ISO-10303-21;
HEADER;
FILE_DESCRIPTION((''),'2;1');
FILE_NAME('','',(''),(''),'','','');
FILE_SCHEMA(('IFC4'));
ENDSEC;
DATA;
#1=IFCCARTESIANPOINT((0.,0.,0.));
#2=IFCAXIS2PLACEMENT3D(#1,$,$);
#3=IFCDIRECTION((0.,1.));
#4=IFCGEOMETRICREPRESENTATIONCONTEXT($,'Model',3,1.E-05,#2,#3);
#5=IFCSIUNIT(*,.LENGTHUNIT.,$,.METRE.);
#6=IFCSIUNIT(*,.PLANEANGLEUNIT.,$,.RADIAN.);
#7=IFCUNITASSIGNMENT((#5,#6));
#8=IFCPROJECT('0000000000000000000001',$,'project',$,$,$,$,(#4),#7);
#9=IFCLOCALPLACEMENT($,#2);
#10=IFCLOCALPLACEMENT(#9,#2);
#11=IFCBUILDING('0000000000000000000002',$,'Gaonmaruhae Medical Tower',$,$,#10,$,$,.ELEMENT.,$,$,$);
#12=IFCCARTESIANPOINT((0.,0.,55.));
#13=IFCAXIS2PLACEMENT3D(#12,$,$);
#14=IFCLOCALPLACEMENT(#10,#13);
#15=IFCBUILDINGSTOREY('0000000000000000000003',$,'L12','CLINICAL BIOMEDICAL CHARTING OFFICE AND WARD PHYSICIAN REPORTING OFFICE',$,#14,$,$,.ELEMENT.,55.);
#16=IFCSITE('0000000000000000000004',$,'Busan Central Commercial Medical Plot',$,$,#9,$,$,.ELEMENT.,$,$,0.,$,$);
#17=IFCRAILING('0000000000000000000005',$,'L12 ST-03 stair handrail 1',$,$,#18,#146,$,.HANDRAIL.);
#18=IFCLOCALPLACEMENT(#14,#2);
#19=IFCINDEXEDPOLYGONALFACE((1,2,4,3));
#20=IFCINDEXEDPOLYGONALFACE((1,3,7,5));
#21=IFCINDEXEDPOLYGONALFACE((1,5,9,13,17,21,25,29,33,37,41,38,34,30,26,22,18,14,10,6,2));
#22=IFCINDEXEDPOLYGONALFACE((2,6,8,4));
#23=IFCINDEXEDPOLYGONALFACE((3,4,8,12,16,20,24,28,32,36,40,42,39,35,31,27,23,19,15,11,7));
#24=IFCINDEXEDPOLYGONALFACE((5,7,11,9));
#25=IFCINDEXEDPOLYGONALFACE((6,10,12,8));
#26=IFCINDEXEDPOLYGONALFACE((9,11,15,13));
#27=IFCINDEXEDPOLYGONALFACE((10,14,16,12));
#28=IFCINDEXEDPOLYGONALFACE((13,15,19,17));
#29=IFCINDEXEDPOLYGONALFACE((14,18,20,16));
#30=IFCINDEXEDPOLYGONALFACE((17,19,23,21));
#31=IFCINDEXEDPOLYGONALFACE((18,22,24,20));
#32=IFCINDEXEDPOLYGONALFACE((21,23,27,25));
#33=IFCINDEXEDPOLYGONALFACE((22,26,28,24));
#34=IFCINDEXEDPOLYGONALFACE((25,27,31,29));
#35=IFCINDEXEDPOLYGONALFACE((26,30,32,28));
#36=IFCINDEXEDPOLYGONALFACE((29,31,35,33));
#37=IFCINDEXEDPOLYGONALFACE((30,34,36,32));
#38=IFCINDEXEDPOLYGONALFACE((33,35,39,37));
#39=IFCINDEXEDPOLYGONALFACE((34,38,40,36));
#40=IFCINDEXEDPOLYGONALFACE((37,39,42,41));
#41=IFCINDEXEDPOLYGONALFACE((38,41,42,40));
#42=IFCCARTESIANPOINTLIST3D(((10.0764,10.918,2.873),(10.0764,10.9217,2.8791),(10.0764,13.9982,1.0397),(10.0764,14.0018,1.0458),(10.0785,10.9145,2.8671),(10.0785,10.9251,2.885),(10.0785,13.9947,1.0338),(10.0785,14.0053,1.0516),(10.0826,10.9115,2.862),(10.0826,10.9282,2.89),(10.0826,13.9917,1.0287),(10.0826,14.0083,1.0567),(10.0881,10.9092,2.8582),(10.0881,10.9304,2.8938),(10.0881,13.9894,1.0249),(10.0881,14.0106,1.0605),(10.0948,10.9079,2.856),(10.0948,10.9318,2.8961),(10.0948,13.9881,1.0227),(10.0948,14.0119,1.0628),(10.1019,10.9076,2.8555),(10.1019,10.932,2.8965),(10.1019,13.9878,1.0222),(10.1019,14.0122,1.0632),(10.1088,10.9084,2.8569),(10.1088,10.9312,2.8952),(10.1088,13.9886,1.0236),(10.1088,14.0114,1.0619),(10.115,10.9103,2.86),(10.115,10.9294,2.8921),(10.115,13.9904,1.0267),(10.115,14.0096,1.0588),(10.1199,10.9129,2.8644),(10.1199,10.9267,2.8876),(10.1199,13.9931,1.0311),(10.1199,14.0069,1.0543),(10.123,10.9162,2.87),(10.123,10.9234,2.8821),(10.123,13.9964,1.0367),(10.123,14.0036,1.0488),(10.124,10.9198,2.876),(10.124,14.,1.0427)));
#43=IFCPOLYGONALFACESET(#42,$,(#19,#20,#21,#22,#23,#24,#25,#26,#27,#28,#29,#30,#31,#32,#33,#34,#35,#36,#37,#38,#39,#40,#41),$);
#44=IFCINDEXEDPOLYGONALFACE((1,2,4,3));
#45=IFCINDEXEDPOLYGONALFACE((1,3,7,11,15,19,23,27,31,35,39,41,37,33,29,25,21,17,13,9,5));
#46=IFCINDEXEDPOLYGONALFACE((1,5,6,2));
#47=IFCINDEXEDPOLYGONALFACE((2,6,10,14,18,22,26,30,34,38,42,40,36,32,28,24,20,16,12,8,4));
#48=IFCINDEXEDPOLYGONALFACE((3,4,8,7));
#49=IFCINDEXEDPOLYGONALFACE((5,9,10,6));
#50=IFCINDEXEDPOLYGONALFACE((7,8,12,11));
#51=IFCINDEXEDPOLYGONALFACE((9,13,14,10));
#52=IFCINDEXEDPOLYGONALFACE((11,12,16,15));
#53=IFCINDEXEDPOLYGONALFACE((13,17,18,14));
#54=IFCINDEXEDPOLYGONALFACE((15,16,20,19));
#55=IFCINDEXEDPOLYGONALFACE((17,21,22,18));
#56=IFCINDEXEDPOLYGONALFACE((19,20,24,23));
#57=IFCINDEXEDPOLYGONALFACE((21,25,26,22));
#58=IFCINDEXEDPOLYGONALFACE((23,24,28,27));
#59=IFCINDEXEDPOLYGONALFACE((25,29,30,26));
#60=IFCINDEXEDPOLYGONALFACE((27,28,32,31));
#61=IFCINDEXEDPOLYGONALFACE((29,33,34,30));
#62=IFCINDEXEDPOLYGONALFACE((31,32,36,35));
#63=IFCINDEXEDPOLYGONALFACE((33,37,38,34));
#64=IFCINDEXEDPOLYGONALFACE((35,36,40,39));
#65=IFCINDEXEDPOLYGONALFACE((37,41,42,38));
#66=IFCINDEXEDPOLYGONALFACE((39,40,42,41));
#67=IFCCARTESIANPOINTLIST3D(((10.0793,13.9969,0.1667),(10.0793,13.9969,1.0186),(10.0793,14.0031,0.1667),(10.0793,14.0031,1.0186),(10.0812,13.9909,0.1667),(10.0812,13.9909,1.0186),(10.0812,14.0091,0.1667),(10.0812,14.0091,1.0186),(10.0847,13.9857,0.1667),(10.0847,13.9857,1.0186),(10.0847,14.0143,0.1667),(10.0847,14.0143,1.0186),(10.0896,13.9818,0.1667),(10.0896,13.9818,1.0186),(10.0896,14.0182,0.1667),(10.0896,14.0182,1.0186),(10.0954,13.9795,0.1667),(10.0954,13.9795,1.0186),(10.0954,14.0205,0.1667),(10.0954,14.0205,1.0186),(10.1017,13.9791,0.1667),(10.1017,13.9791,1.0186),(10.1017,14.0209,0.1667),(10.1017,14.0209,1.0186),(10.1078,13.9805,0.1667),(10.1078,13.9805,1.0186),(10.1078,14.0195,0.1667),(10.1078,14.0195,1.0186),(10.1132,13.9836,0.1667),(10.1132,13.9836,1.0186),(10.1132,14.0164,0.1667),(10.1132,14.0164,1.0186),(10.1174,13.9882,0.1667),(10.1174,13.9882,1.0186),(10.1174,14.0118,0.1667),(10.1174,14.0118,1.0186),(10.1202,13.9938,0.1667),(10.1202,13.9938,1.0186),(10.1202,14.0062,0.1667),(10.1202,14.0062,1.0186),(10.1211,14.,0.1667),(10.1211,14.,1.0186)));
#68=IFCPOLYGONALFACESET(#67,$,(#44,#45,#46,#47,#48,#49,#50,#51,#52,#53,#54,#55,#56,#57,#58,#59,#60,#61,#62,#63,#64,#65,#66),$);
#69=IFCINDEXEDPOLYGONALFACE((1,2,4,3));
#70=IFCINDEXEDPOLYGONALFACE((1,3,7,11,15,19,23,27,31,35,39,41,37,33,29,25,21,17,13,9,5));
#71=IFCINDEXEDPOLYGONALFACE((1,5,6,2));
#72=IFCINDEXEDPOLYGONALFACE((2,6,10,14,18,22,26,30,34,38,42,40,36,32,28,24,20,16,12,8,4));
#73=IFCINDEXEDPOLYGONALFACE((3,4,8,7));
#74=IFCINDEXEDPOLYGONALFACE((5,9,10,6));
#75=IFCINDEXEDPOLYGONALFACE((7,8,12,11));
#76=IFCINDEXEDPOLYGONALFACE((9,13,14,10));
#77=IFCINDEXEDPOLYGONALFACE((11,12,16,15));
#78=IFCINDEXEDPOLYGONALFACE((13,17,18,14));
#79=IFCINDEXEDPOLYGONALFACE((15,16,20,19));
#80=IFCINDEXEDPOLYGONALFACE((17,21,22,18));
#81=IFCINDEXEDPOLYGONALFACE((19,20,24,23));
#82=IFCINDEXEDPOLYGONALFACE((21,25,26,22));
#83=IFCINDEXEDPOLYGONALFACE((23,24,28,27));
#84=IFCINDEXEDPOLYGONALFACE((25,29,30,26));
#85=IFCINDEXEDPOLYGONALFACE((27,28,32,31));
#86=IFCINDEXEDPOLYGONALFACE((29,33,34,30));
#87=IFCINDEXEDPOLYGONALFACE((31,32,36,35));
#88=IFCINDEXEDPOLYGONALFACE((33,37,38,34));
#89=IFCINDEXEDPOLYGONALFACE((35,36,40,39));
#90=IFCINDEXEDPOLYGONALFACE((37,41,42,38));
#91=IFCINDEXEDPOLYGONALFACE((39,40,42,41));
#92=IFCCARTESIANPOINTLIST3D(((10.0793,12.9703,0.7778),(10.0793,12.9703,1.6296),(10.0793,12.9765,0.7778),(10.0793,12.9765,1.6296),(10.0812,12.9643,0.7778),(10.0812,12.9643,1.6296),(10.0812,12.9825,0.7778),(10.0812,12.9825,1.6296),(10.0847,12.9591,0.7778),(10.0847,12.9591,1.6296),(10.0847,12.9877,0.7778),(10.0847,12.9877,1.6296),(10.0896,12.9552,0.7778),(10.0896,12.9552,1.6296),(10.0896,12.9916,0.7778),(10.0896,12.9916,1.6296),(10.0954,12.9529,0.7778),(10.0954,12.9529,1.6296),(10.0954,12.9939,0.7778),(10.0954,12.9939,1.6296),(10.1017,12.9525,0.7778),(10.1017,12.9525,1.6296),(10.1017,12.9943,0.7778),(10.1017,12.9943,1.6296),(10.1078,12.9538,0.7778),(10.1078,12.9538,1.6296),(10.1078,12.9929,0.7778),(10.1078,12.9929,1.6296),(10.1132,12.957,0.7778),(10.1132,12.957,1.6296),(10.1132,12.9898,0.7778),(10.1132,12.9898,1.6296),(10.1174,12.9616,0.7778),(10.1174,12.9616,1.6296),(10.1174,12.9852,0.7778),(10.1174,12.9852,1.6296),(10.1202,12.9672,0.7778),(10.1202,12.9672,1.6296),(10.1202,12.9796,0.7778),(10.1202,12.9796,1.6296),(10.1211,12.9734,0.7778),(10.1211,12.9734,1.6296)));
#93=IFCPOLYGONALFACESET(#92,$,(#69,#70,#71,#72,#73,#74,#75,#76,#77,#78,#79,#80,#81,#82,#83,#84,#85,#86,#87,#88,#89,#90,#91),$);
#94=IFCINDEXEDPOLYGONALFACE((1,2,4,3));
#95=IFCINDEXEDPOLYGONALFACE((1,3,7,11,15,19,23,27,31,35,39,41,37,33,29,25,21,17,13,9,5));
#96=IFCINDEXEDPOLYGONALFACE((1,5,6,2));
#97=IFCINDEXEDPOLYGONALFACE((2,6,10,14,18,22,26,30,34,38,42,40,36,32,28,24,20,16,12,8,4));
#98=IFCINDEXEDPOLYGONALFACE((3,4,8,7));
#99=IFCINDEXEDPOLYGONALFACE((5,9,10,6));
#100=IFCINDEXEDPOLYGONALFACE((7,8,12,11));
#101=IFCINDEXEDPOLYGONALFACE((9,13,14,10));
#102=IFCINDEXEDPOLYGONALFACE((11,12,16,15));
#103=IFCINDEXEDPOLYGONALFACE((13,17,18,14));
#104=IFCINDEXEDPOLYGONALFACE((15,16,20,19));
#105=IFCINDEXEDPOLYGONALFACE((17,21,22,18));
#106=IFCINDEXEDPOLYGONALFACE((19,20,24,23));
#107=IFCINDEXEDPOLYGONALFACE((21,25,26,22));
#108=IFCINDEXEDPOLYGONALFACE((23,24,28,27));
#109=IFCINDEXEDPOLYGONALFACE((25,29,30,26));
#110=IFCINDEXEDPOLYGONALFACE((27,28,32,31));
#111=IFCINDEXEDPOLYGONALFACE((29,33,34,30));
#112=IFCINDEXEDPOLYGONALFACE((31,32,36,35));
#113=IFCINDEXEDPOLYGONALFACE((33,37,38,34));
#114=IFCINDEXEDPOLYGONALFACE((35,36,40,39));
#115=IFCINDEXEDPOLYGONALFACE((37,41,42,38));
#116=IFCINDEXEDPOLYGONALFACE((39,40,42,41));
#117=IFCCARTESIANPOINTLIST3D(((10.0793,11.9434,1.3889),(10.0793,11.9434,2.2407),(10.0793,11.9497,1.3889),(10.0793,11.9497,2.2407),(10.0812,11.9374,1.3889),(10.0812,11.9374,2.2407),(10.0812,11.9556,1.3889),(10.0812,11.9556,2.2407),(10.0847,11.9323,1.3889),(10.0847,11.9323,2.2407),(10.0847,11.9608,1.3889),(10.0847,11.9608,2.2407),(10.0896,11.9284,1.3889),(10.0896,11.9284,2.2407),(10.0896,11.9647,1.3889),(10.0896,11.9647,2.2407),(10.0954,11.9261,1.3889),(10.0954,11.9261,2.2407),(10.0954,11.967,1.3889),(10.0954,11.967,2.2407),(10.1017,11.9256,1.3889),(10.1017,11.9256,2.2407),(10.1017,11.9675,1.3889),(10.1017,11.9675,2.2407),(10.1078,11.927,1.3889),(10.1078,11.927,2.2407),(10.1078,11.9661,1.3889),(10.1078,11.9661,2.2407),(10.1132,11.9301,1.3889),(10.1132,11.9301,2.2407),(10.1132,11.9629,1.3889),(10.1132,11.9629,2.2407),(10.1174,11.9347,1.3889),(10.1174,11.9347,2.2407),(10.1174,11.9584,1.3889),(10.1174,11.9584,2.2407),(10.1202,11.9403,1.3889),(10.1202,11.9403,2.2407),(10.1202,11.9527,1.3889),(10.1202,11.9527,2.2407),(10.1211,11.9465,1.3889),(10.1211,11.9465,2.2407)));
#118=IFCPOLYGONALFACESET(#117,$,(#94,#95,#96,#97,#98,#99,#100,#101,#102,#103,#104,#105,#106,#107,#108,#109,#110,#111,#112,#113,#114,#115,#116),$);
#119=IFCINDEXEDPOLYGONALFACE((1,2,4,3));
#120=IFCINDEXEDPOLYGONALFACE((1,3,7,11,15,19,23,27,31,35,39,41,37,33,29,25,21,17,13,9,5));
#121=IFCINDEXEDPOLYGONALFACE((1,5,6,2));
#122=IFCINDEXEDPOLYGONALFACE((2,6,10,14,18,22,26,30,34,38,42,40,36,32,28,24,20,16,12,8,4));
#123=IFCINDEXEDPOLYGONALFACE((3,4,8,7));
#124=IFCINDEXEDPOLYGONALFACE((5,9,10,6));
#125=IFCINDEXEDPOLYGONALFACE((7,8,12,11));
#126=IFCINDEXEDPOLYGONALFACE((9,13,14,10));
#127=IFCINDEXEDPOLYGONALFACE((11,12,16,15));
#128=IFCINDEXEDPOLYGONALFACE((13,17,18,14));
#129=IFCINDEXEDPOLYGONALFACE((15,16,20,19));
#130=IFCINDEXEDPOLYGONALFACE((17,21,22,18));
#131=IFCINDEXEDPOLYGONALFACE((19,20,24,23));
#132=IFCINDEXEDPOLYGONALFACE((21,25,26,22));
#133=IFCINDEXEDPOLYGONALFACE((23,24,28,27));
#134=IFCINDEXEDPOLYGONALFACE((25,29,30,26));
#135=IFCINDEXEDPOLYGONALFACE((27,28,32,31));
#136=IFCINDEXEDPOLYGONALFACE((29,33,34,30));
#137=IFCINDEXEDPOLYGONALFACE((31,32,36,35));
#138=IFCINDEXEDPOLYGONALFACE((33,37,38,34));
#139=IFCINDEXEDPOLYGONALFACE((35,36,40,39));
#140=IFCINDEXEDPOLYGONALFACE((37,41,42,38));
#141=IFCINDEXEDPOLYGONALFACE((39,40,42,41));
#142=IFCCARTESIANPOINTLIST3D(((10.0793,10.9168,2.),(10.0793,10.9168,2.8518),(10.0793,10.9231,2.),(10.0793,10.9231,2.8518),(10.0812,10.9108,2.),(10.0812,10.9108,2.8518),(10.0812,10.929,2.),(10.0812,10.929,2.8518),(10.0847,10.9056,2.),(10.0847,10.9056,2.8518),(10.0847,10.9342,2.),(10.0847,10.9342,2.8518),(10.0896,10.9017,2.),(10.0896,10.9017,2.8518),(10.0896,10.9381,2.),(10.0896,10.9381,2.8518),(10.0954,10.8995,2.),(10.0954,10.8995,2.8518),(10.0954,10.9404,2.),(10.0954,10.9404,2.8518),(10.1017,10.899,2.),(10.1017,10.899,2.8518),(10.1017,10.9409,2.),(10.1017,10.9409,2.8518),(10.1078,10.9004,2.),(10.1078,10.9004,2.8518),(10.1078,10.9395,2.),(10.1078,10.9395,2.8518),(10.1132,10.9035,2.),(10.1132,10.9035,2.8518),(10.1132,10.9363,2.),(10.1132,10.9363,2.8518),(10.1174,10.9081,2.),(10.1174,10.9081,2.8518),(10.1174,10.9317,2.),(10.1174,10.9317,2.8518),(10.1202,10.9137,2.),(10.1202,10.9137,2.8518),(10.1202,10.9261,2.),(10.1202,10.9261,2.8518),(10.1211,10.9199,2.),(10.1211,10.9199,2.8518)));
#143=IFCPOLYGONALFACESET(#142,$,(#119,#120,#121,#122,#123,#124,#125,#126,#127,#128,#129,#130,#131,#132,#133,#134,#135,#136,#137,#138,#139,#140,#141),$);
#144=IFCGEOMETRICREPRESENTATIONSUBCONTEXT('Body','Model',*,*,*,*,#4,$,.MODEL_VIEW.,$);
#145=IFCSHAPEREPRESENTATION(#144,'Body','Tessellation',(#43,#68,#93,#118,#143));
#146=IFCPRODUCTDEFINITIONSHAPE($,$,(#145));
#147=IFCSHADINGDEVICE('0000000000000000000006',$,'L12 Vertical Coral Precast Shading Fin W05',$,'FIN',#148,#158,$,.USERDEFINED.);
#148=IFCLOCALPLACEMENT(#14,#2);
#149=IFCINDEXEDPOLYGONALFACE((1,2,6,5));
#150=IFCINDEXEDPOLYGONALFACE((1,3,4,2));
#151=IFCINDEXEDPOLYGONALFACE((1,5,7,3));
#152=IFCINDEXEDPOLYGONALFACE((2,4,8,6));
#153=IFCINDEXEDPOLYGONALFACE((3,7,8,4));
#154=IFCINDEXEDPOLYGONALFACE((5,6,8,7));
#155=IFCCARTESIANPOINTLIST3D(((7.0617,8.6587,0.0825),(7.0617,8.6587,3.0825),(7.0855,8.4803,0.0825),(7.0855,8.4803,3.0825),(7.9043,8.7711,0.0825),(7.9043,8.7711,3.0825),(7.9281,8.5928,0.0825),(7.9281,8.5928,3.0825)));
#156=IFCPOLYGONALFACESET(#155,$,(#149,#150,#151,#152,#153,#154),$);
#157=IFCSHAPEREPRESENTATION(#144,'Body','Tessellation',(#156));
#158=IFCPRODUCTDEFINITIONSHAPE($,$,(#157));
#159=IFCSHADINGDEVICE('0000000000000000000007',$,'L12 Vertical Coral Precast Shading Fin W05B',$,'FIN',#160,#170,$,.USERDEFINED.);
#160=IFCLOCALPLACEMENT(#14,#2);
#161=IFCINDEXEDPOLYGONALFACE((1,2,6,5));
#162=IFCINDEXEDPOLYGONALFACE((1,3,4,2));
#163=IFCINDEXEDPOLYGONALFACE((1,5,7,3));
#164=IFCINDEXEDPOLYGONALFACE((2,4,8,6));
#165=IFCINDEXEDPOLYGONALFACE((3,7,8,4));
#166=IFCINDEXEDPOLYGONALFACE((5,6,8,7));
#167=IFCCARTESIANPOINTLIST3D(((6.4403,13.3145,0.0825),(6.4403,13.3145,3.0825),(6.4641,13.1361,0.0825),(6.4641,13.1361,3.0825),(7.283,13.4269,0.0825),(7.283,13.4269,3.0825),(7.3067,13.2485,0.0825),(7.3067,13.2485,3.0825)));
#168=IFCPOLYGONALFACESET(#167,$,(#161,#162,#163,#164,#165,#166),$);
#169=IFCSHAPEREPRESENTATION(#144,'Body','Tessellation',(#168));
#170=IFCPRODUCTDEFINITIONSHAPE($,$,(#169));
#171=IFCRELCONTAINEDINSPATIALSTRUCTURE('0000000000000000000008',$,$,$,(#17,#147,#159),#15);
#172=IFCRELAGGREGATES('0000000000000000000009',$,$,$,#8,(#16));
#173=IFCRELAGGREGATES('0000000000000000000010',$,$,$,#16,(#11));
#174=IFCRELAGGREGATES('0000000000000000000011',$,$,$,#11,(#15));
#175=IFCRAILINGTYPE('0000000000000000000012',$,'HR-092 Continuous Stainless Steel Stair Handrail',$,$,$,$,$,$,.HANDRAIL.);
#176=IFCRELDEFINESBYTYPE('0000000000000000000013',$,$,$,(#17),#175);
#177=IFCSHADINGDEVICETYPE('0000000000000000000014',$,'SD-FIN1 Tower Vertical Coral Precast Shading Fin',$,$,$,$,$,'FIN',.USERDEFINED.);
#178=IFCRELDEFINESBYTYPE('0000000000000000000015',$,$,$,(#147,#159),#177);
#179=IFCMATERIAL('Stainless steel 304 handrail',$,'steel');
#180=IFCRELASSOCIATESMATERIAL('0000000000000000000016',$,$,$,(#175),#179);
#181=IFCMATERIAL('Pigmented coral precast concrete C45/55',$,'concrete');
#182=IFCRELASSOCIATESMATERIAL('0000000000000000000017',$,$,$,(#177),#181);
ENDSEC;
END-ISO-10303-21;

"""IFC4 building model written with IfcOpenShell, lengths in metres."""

from ifc_helpers import new_model, si_unit, direction, frame, origin, origin_2d, place, context, subcontext, project, spatial, rectangle, circle, extrude, material, type_object, element, save


model = new_model("IFC4")

# Units and contexts
model_context = context("Model", 3, precision=1e-05, world=origin(), true_north=direction((0.0, 1.0)))
body_context = subcontext(model_context, "Body", "Model", "MODEL_VIEW")
ifc_project = project(units=[si_unit("LENGTHUNIT", "METRE"), si_unit("PLANEANGLEUNIT", "RADIAN")], contexts=[model_context])

# Site, building, storey
site_placement = place(None, origin())
site = spatial("IfcSite", under=ifc_project, at=site_placement, Name="Busan Central Commercial Medical Plot", CompositionType="ELEMENT", RefElevation=0.0)
building_placement = place(site_placement, origin())
building = spatial("IfcBuilding", under=site, at=building_placement, Name="Gaonmaruhae Medical Tower", CompositionType="ELEMENT")
storey_placement = place(building_placement, frame((0.0, 0.0, 55.0)))
storey = spatial("IfcBuildingStorey", under=building, at=storey_placement, Name="L12", Description="CLINICAL BIOMEDICAL CHARTING OFFICE AND WARD PHYSICIAN REPORTING OFFICE", CompositionType="ELEMENT", Elevation=55.0)

# Railing
ifc_material_1 = material(Name="Stainless steel 304 handrail", Category="steel")
railing_type_1 = type_object("IfcRailingType", Name="HR-092 Continuous Stainless Steel Stair Handrail", PredefinedType="HANDRAIL", material=ifc_material_1)
railing_1_placement = place(storey_placement, frame((10.1001, 14.0, 0.1667)))
element("IfcRailing", 1, at=railing_1_placement, inside=storey, type_object=railing_type_1, Name="L12 ST-03 stair handrail 1", PredefinedType="HANDRAIL", context=body_context, shape_type="SweptSolid", body=[
    extrude(circle(Radius=0.0239, at=origin_2d()), frame((0.0, 0.0, 0.876), z_axis=(0.0, -0.859309, 0.511458), x_axis=(1.0, 0.0, 0.0)), (0.0, 0.0, 1.0), 3.5845),
    extrude(circle(Radius=0.021, at=origin_2d()), origin(), (0.0, 0.0, 1.0), 0.8518),
    extrude(circle(Radius=0.021, at=origin_2d()), frame((0.0, -1.0266, 0.6111)), (0.0, 0.0, 1.0), 0.8518),
    extrude(circle(Radius=0.021, at=origin_2d()), frame((0.0, -2.0535, 1.2222)), (0.0, 0.0, 1.0), 0.8518),
    extrude(circle(Radius=0.021, at=origin_2d()), frame((0.0, -3.0801, 1.8333)), (0.0, 0.0, 1.0), 0.8518),
])

# Shading devices
ifc_material_2 = material(Name="Pigmented coral precast concrete C45/55", Category="concrete")
shading_device_type = type_object("IfcShadingDeviceType", Name="SD-FIN1 Tower Vertical Coral Precast Shading Fin", ElementType="FIN", PredefinedType="USERDEFINED", material=ifc_material_2)
for number, where, z_axis, x_axis, name in (
    (2, (7.4949, 8.6257, 0.0825), (0.0, 0.0, 1.0), (-0.132239, 0.991218, 0.0), "L12 Vertical Coral Precast Shading Fin W05"),
    (3, (6.8735, 13.2815, 0.0825), (0.0, 0.0, 1.0), (-0.132239, 0.991218, 0.0), "L12 Vertical Coral Precast Shading Fin W05B"),
):
    element("IfcShadingDevice", number, at=place(storey_placement, frame(where, z_axis=z_axis, x_axis=x_axis)), inside=storey, type_object=shading_device_type, Name=name, ObjectType="FIN", PredefinedType="USERDEFINED", context=body_context, shape_type="SweptSolid", body=[
        extrude(rectangle(XDim=0.1799, YDim=0.8501, at=origin_2d()), origin(), (0.0, 0.0, 1.0), 3.0),
    ])

save(model, "model.ifc")
